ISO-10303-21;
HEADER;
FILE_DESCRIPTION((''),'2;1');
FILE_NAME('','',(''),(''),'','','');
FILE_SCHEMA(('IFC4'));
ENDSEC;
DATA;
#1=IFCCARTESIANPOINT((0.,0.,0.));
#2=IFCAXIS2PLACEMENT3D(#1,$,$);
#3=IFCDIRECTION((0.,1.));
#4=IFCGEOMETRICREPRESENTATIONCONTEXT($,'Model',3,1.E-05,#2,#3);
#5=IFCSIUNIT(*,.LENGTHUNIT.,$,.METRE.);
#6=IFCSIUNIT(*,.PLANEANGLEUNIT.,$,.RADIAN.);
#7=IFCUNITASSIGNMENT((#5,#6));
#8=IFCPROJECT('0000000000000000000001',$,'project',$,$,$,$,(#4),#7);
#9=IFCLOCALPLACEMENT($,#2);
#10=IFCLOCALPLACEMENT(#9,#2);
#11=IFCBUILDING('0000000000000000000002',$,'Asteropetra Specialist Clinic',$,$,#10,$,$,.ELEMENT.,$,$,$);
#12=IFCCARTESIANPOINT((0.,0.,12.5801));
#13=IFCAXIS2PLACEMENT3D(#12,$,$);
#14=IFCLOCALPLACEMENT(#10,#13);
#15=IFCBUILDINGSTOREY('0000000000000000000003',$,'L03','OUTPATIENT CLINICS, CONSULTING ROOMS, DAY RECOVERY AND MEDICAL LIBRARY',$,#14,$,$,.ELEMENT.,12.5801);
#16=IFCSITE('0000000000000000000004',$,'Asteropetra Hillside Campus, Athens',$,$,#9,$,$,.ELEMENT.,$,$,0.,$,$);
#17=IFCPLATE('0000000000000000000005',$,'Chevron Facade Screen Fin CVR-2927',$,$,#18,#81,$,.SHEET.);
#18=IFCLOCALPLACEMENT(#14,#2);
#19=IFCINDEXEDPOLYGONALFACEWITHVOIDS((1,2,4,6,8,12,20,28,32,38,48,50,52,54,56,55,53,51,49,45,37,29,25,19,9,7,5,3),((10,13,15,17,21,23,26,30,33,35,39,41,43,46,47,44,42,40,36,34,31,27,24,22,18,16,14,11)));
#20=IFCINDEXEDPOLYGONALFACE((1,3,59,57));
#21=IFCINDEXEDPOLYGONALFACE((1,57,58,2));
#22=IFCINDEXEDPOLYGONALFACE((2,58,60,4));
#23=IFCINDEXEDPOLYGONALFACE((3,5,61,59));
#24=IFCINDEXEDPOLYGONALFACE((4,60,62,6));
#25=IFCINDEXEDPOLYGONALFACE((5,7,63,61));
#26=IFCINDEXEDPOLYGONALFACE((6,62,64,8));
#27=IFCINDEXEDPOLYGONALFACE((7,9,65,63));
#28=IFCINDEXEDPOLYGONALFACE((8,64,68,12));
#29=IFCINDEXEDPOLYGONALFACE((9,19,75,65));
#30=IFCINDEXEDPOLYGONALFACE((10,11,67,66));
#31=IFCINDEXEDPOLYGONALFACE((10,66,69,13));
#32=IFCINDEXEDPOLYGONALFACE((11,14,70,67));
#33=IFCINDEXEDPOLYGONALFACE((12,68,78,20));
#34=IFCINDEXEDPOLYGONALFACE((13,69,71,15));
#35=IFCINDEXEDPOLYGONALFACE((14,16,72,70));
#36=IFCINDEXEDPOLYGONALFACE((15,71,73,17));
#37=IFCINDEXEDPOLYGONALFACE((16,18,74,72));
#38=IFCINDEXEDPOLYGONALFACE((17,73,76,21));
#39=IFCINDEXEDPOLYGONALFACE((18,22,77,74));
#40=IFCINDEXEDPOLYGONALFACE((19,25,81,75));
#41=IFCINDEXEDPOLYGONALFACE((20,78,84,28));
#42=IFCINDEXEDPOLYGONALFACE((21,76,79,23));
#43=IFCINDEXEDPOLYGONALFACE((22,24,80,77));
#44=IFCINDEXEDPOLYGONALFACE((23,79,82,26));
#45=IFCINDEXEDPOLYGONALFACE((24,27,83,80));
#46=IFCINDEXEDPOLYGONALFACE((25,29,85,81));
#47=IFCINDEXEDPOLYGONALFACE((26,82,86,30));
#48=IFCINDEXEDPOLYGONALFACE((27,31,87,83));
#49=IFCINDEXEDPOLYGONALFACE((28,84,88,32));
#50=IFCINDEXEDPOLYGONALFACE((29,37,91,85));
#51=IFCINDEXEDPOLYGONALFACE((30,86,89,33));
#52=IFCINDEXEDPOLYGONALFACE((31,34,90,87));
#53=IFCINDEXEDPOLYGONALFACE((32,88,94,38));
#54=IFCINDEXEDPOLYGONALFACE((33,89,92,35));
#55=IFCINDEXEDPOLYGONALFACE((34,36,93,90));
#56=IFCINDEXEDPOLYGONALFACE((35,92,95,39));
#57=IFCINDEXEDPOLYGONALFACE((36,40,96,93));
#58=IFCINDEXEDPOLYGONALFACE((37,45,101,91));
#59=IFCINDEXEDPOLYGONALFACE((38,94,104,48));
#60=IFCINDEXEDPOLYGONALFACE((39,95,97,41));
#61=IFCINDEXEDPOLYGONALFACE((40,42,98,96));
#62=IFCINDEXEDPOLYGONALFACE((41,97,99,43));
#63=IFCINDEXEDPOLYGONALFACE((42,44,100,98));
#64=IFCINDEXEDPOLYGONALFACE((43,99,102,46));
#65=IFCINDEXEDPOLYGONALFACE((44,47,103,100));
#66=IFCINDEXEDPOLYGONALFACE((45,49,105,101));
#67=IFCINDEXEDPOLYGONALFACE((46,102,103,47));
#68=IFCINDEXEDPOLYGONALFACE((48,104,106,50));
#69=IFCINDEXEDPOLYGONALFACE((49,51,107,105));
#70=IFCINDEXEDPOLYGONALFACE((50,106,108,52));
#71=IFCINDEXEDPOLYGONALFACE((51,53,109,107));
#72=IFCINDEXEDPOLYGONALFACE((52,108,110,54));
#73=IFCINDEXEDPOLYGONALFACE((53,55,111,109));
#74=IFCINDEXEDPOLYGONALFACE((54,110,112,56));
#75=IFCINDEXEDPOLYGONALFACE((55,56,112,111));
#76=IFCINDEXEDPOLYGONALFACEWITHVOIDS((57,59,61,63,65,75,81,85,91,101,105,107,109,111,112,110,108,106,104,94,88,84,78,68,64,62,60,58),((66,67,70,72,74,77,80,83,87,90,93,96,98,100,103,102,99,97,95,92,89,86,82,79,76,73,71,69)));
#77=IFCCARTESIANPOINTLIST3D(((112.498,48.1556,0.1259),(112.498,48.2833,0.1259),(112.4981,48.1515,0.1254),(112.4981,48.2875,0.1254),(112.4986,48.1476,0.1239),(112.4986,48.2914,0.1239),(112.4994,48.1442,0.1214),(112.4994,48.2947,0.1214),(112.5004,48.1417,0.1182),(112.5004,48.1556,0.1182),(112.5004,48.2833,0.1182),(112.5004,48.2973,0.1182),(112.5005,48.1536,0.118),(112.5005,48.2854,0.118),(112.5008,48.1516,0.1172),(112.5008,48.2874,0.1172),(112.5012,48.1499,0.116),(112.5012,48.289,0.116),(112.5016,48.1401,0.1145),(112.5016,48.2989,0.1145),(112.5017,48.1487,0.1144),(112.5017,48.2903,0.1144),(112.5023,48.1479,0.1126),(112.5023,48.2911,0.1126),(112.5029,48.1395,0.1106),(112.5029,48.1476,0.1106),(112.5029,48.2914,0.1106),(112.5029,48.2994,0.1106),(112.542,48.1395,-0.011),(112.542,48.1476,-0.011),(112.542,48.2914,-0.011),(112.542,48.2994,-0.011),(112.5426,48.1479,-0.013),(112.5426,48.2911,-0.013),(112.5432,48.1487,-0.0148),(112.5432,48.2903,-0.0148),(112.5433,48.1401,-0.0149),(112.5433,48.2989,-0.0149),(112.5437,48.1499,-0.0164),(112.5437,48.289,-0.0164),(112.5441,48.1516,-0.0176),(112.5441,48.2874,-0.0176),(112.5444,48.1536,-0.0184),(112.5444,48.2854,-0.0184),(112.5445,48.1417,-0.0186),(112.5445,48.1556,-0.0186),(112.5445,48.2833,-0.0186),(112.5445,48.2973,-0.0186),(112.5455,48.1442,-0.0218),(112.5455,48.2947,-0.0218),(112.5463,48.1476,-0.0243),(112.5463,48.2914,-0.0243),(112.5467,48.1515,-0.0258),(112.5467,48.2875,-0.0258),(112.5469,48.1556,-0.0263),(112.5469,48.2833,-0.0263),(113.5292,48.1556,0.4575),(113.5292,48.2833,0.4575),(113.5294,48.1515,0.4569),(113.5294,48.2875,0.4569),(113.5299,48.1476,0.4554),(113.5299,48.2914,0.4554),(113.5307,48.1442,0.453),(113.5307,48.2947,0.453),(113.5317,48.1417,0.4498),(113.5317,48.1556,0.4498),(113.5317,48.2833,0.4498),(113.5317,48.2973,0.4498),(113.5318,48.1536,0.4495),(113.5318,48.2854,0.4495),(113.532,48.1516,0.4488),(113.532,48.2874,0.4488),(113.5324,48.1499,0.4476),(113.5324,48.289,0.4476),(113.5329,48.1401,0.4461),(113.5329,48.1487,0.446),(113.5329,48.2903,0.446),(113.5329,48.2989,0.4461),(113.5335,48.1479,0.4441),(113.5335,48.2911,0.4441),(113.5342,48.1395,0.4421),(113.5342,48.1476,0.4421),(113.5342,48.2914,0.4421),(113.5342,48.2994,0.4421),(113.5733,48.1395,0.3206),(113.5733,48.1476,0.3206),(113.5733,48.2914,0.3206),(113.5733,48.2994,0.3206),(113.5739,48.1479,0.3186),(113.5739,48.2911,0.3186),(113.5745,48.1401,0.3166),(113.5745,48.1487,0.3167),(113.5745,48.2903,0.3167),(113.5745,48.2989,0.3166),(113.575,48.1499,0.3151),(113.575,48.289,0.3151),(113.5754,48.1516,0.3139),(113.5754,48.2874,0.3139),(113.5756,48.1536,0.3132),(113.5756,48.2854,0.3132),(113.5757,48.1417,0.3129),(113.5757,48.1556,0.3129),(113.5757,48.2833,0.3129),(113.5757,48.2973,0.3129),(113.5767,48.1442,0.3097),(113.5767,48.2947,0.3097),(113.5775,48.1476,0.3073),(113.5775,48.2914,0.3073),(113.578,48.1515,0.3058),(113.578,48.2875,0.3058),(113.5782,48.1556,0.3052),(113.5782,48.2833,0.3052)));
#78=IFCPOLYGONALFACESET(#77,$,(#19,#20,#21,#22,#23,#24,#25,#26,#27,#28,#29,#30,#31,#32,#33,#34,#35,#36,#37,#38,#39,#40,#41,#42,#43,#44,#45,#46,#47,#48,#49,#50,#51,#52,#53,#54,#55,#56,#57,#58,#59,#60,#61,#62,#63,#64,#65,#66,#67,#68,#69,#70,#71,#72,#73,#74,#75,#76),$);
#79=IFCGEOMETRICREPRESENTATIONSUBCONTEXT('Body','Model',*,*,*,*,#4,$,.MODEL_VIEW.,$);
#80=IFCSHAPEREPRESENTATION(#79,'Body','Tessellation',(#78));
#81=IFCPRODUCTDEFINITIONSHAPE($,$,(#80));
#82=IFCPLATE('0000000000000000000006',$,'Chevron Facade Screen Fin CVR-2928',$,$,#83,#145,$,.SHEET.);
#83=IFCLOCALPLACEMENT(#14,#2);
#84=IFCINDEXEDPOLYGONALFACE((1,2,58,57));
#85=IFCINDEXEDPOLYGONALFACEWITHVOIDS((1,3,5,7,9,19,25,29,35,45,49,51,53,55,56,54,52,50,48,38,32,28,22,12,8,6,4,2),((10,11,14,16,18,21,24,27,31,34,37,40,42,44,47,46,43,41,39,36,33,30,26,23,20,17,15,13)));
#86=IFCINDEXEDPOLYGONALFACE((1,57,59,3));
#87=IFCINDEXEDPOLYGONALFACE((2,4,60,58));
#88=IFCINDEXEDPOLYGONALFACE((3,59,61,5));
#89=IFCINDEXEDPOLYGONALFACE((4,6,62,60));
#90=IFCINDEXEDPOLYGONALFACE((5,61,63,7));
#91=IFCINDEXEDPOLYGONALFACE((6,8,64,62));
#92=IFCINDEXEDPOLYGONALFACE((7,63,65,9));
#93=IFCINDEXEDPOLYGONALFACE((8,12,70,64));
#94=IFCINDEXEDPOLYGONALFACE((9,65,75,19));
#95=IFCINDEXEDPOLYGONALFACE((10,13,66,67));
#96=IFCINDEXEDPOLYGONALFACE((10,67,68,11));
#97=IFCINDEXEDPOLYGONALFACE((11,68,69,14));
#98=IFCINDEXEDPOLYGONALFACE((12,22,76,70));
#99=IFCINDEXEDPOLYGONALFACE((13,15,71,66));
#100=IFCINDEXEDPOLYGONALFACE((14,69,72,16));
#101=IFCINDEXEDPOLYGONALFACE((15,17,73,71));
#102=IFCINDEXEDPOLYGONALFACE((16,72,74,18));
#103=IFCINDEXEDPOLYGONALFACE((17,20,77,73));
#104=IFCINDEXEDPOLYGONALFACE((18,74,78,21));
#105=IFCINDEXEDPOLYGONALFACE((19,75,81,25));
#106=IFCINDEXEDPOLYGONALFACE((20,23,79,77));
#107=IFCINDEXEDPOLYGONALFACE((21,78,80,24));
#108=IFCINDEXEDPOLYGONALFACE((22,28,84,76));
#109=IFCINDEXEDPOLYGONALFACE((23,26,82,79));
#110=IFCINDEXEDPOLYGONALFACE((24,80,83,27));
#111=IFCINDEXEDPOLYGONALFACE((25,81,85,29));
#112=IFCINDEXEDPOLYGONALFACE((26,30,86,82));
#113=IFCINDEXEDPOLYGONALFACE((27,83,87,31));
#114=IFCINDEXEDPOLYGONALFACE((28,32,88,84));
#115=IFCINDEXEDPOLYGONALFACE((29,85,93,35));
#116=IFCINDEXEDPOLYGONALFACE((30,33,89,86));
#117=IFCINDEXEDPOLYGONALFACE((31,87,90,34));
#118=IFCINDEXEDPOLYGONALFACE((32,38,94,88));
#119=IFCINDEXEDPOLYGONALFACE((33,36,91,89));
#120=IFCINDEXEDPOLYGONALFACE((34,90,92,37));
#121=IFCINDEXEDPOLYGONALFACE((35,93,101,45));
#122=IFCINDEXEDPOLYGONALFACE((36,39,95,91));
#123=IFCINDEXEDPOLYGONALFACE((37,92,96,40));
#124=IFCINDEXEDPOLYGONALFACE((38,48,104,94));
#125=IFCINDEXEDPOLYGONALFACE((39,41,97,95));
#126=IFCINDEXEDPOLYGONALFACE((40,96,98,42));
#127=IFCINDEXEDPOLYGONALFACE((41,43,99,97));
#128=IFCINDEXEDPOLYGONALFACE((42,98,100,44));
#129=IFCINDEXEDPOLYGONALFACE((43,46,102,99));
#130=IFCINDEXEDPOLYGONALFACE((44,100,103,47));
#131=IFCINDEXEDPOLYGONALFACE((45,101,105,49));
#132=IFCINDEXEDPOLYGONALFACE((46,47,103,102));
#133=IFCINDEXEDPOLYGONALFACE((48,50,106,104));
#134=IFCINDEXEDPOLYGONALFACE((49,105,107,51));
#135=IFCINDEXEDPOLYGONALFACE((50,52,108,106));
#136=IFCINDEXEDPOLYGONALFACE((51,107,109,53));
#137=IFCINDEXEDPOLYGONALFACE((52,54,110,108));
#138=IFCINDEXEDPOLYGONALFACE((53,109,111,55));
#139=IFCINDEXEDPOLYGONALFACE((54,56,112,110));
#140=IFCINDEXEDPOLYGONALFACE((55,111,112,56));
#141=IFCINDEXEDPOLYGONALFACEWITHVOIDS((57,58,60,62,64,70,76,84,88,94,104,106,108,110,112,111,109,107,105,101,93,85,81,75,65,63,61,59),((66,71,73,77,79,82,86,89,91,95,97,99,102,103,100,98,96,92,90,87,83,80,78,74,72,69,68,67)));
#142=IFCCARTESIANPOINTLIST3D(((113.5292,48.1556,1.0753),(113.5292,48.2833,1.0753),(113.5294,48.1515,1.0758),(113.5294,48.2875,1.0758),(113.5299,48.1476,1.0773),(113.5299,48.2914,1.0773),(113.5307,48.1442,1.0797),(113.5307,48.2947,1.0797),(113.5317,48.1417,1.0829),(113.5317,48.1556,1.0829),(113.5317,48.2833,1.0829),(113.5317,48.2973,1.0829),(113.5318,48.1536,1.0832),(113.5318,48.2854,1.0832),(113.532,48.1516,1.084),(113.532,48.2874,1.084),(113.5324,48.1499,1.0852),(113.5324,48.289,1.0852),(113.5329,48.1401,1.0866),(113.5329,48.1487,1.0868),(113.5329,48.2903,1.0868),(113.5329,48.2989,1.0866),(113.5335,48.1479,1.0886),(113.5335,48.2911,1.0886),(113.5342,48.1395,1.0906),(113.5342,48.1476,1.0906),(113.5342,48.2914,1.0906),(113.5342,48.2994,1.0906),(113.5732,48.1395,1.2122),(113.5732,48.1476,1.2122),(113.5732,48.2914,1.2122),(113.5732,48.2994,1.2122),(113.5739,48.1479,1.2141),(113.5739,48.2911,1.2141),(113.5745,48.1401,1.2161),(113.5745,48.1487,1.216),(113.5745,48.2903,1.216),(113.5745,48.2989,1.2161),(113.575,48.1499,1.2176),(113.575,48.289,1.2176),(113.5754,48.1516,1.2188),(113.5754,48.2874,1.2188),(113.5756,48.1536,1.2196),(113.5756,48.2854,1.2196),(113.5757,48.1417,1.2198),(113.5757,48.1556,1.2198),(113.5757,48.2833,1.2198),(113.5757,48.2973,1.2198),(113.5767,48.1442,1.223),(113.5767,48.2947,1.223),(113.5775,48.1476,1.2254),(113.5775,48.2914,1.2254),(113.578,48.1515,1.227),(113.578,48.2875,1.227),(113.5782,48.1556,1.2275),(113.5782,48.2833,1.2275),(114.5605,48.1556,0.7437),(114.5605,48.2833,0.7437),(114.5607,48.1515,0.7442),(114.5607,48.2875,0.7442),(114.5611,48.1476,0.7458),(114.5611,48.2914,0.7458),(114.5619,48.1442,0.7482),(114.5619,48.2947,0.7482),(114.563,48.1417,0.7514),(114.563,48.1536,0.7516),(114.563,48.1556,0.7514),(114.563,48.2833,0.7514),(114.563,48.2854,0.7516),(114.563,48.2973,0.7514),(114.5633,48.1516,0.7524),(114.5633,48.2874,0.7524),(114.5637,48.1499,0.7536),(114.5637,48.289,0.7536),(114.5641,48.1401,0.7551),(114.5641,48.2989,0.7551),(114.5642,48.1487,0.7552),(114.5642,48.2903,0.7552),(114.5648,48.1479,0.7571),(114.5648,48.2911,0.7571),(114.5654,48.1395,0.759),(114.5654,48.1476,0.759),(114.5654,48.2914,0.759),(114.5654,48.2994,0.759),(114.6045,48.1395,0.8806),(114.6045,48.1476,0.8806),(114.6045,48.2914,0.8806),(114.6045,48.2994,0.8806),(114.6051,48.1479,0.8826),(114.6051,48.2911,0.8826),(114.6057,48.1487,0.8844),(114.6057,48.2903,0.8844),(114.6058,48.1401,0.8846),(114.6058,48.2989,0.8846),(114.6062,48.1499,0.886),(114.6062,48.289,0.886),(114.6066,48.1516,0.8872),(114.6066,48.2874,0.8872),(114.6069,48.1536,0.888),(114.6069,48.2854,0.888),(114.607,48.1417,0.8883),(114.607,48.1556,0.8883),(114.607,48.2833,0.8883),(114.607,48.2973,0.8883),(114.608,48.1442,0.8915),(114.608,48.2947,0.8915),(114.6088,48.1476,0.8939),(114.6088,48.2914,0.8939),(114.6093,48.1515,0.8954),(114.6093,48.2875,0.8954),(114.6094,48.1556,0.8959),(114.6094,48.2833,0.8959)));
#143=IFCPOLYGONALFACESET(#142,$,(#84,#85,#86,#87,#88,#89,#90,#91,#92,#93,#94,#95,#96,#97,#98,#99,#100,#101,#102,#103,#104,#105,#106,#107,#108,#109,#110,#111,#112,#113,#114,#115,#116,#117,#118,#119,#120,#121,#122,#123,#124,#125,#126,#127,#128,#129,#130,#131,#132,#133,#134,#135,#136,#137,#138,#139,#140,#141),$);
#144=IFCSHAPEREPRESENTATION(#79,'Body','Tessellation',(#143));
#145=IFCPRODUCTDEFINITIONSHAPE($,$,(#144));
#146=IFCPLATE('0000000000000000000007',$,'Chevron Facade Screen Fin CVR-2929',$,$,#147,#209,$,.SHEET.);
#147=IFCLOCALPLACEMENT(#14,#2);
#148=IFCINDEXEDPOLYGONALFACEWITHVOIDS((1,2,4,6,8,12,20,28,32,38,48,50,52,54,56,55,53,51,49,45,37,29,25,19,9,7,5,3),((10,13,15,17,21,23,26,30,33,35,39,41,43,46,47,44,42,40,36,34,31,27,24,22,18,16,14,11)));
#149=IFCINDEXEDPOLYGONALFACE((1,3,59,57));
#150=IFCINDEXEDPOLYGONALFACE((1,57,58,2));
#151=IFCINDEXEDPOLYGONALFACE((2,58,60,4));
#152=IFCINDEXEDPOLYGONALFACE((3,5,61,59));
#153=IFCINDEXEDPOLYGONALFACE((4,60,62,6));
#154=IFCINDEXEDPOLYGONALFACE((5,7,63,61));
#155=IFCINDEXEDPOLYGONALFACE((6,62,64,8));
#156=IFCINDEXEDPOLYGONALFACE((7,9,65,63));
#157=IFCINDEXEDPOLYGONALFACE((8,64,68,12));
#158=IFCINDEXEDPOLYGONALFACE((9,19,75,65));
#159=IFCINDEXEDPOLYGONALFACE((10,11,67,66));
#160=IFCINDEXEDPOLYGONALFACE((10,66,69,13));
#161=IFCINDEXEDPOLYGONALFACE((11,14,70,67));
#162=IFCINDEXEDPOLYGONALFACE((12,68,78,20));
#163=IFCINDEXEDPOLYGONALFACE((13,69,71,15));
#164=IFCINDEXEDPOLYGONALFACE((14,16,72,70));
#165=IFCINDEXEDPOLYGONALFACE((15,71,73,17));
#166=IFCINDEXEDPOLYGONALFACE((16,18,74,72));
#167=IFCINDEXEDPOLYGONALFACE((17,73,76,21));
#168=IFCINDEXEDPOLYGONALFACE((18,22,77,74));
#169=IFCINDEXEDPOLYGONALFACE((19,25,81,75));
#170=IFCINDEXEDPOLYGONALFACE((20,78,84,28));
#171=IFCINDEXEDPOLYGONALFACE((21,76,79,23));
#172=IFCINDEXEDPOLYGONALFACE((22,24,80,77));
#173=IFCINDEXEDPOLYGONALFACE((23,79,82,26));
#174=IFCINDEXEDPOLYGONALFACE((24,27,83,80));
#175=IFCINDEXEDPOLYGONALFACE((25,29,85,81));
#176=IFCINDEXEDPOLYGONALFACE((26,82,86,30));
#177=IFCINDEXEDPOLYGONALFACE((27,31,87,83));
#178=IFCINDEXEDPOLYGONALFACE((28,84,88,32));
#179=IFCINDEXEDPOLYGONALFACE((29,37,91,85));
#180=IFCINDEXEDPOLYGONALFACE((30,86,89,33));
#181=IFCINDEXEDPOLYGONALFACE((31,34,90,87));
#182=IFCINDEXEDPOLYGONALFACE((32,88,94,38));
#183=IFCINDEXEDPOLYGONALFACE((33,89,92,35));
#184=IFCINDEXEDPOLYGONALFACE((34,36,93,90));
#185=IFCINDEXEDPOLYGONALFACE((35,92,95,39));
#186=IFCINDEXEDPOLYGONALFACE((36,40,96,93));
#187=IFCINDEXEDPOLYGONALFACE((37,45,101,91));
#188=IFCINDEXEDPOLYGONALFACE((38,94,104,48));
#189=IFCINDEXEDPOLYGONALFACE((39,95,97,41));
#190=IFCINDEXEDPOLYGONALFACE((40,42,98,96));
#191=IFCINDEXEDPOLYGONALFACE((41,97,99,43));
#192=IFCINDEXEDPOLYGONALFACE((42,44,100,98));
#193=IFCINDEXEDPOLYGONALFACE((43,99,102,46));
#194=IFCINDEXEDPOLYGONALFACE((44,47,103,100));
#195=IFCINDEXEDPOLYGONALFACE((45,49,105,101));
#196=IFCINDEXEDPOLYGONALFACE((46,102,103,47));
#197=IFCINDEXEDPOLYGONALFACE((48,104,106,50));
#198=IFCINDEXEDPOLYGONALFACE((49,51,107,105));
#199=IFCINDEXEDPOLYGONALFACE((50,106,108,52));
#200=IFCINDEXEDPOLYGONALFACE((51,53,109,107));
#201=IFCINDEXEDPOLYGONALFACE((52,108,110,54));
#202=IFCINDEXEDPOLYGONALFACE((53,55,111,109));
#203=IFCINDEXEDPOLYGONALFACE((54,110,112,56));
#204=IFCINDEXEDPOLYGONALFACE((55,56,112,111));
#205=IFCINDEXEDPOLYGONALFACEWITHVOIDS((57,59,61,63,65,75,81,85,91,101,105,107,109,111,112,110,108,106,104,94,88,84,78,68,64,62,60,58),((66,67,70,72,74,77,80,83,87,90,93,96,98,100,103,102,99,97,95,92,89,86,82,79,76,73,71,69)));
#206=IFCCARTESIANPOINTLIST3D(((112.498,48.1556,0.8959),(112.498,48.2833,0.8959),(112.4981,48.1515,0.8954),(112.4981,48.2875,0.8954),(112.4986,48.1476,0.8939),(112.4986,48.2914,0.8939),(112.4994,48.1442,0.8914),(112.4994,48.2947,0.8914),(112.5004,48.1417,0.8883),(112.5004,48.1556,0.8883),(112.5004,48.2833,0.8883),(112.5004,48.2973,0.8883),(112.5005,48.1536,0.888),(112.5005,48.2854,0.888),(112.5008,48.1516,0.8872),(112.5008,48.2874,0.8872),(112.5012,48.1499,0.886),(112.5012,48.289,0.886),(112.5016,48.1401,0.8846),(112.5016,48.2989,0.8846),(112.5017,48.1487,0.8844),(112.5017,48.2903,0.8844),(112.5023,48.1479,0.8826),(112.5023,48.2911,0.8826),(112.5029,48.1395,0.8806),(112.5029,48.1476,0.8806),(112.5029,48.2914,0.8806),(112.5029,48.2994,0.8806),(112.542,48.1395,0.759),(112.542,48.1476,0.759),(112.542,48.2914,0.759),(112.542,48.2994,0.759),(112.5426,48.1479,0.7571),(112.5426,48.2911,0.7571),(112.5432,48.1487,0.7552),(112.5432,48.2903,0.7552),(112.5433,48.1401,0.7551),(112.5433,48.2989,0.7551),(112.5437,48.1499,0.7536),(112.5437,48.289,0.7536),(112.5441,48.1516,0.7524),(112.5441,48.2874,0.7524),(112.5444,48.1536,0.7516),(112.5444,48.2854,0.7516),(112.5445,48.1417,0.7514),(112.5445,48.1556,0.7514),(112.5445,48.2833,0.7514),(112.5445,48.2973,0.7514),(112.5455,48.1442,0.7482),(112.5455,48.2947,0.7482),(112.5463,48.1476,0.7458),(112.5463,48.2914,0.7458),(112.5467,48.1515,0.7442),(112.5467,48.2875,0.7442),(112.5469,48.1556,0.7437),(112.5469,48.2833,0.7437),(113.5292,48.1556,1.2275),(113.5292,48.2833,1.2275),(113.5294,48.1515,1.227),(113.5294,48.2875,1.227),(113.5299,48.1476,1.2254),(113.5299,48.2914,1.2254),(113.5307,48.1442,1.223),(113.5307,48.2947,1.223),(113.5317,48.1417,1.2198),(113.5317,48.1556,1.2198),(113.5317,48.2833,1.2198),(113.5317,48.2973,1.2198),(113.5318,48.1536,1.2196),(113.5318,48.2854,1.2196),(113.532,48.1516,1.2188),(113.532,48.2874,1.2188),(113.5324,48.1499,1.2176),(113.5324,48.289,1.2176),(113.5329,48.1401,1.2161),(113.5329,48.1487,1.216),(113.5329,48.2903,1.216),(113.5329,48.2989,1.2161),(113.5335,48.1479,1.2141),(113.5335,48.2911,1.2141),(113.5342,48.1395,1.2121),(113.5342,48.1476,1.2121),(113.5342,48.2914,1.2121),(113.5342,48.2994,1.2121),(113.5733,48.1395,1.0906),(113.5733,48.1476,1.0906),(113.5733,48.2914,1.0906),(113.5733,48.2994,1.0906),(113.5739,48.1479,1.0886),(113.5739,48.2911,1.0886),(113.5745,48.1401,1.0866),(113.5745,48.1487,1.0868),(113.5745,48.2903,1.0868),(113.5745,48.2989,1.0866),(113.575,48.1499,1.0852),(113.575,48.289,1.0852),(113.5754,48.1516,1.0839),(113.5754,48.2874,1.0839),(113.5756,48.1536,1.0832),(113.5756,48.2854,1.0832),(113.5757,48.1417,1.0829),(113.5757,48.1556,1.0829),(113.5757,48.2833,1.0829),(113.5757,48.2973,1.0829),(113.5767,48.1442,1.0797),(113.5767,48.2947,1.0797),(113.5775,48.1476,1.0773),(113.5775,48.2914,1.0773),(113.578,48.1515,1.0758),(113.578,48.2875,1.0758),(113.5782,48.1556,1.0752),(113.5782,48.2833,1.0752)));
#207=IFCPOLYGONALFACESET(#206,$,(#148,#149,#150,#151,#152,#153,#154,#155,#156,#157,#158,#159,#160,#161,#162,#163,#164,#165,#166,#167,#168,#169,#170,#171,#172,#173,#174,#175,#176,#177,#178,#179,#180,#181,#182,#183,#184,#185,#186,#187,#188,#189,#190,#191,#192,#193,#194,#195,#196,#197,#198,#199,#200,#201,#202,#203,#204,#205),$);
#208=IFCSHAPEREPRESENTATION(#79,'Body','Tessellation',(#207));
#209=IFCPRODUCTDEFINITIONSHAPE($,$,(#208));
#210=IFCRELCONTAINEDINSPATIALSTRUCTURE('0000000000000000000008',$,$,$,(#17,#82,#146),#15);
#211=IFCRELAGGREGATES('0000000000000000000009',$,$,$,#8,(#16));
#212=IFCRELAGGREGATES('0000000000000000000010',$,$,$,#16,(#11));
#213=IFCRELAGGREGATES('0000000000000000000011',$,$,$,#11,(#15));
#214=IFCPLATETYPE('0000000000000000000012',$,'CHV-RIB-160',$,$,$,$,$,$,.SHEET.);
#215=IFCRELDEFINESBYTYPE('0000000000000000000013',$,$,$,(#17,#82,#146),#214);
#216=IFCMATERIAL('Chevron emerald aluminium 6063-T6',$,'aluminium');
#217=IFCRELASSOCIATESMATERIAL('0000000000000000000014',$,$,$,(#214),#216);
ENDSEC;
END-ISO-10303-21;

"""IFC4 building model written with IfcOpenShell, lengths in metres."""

from ifc_helpers import new_model, si_unit, direction, frame, origin, origin_2d, place, context, subcontext, project, spatial, hollow_rectangle, extrude, material, material_profile, profile_set, type_object, element, save


model = new_model("IFC4")

# Units and contexts
model_context = context("Model", 3, precision=1e-05, world=origin(), true_north=direction((0.0, 1.0)))
body_context = subcontext(model_context, "Body", "Model", "MODEL_VIEW")
ifc_project = project(units=[si_unit("LENGTHUNIT", "METRE"), si_unit("PLANEANGLEUNIT", "RADIAN")], contexts=[model_context])

# Site, building, storey
site_placement = place(None, origin())
site = spatial("IfcSite", under=ifc_project, at=site_placement, Name="Asteropetra Hillside Campus, Athens", CompositionType="ELEMENT", RefElevation=0.0)
building_placement = place(site_placement, origin())
building = spatial("IfcBuilding", under=site, at=building_placement, Name="Asteropetra Specialist Clinic", CompositionType="ELEMENT")
storey_placement = place(building_placement, frame((0.0, 0.0, 12.5801)))
storey = spatial("IfcBuildingStorey", under=building, at=storey_placement, Name="L03", Description="OUTPATIENT CLINICS, CONSULTING ROOMS, DAY RECOVERY AND MEDICAL LIBRARY", CompositionType="ELEMENT", Elevation=12.5801)

# Plates
ifc_material_1 = material(Name="Chevron emerald aluminium 6063-T6", Category="aluminium")
ifc_material_profile_1 = material_profile(ifc_material_1, hollow_rectangle(XDim=0.1599, YDim=0.1599, WallThickness=0.0081, InnerFilletRadius=0.0081, OuterFilletRadius=0.0161, at=origin_2d()), Name="SHS 160x160x8.0")
ifc_profile_set_1 = profile_set([ifc_material_profile_1], Name="Chevron emerald aluminium 6063-T6")
plate_type = type_object("IfcPlateType", Name="CHV-RIB-160", PredefinedType="SHEET", material=ifc_profile_set_1)
for number, where, z_axis, x_axis, name in (
    (1, (113.5537, 48.2195, 0.3813), (-0.95201, 0.0, -0.306068), (0.0, -1.0, 0.0), "Chevron Facade Screen Fin CVR-2927"),
    (2, (114.585, 48.2195, 0.8198), (-0.95201, 0.0, 0.306068), (0.0, -1.0, 0.0), "Chevron Facade Screen Fin CVR-2928"),
    (3, (113.5537, 48.2195, 1.1514), (-0.95201, 0.0, -0.306068), (0.0, -1.0, 0.0), "Chevron Facade Screen Fin CVR-2929"),
):
    element("IfcPlate", number, at=place(storey_placement, frame(where, z_axis=z_axis, x_axis=x_axis)), inside=storey, type_object=plate_type, Name=name, PredefinedType="SHEET", context=body_context, shape_type="SweptSolid", body=[
        extrude(hollow_rectangle(XDim=0.1599, YDim=0.1599, WallThickness=0.0081, InnerFilletRadius=0.0081, OuterFilletRadius=0.0161, at=origin_2d()), origin(), (0.0, 0.0, 1.0), 1.0833),
    ])

save(model, "model.ifc")
